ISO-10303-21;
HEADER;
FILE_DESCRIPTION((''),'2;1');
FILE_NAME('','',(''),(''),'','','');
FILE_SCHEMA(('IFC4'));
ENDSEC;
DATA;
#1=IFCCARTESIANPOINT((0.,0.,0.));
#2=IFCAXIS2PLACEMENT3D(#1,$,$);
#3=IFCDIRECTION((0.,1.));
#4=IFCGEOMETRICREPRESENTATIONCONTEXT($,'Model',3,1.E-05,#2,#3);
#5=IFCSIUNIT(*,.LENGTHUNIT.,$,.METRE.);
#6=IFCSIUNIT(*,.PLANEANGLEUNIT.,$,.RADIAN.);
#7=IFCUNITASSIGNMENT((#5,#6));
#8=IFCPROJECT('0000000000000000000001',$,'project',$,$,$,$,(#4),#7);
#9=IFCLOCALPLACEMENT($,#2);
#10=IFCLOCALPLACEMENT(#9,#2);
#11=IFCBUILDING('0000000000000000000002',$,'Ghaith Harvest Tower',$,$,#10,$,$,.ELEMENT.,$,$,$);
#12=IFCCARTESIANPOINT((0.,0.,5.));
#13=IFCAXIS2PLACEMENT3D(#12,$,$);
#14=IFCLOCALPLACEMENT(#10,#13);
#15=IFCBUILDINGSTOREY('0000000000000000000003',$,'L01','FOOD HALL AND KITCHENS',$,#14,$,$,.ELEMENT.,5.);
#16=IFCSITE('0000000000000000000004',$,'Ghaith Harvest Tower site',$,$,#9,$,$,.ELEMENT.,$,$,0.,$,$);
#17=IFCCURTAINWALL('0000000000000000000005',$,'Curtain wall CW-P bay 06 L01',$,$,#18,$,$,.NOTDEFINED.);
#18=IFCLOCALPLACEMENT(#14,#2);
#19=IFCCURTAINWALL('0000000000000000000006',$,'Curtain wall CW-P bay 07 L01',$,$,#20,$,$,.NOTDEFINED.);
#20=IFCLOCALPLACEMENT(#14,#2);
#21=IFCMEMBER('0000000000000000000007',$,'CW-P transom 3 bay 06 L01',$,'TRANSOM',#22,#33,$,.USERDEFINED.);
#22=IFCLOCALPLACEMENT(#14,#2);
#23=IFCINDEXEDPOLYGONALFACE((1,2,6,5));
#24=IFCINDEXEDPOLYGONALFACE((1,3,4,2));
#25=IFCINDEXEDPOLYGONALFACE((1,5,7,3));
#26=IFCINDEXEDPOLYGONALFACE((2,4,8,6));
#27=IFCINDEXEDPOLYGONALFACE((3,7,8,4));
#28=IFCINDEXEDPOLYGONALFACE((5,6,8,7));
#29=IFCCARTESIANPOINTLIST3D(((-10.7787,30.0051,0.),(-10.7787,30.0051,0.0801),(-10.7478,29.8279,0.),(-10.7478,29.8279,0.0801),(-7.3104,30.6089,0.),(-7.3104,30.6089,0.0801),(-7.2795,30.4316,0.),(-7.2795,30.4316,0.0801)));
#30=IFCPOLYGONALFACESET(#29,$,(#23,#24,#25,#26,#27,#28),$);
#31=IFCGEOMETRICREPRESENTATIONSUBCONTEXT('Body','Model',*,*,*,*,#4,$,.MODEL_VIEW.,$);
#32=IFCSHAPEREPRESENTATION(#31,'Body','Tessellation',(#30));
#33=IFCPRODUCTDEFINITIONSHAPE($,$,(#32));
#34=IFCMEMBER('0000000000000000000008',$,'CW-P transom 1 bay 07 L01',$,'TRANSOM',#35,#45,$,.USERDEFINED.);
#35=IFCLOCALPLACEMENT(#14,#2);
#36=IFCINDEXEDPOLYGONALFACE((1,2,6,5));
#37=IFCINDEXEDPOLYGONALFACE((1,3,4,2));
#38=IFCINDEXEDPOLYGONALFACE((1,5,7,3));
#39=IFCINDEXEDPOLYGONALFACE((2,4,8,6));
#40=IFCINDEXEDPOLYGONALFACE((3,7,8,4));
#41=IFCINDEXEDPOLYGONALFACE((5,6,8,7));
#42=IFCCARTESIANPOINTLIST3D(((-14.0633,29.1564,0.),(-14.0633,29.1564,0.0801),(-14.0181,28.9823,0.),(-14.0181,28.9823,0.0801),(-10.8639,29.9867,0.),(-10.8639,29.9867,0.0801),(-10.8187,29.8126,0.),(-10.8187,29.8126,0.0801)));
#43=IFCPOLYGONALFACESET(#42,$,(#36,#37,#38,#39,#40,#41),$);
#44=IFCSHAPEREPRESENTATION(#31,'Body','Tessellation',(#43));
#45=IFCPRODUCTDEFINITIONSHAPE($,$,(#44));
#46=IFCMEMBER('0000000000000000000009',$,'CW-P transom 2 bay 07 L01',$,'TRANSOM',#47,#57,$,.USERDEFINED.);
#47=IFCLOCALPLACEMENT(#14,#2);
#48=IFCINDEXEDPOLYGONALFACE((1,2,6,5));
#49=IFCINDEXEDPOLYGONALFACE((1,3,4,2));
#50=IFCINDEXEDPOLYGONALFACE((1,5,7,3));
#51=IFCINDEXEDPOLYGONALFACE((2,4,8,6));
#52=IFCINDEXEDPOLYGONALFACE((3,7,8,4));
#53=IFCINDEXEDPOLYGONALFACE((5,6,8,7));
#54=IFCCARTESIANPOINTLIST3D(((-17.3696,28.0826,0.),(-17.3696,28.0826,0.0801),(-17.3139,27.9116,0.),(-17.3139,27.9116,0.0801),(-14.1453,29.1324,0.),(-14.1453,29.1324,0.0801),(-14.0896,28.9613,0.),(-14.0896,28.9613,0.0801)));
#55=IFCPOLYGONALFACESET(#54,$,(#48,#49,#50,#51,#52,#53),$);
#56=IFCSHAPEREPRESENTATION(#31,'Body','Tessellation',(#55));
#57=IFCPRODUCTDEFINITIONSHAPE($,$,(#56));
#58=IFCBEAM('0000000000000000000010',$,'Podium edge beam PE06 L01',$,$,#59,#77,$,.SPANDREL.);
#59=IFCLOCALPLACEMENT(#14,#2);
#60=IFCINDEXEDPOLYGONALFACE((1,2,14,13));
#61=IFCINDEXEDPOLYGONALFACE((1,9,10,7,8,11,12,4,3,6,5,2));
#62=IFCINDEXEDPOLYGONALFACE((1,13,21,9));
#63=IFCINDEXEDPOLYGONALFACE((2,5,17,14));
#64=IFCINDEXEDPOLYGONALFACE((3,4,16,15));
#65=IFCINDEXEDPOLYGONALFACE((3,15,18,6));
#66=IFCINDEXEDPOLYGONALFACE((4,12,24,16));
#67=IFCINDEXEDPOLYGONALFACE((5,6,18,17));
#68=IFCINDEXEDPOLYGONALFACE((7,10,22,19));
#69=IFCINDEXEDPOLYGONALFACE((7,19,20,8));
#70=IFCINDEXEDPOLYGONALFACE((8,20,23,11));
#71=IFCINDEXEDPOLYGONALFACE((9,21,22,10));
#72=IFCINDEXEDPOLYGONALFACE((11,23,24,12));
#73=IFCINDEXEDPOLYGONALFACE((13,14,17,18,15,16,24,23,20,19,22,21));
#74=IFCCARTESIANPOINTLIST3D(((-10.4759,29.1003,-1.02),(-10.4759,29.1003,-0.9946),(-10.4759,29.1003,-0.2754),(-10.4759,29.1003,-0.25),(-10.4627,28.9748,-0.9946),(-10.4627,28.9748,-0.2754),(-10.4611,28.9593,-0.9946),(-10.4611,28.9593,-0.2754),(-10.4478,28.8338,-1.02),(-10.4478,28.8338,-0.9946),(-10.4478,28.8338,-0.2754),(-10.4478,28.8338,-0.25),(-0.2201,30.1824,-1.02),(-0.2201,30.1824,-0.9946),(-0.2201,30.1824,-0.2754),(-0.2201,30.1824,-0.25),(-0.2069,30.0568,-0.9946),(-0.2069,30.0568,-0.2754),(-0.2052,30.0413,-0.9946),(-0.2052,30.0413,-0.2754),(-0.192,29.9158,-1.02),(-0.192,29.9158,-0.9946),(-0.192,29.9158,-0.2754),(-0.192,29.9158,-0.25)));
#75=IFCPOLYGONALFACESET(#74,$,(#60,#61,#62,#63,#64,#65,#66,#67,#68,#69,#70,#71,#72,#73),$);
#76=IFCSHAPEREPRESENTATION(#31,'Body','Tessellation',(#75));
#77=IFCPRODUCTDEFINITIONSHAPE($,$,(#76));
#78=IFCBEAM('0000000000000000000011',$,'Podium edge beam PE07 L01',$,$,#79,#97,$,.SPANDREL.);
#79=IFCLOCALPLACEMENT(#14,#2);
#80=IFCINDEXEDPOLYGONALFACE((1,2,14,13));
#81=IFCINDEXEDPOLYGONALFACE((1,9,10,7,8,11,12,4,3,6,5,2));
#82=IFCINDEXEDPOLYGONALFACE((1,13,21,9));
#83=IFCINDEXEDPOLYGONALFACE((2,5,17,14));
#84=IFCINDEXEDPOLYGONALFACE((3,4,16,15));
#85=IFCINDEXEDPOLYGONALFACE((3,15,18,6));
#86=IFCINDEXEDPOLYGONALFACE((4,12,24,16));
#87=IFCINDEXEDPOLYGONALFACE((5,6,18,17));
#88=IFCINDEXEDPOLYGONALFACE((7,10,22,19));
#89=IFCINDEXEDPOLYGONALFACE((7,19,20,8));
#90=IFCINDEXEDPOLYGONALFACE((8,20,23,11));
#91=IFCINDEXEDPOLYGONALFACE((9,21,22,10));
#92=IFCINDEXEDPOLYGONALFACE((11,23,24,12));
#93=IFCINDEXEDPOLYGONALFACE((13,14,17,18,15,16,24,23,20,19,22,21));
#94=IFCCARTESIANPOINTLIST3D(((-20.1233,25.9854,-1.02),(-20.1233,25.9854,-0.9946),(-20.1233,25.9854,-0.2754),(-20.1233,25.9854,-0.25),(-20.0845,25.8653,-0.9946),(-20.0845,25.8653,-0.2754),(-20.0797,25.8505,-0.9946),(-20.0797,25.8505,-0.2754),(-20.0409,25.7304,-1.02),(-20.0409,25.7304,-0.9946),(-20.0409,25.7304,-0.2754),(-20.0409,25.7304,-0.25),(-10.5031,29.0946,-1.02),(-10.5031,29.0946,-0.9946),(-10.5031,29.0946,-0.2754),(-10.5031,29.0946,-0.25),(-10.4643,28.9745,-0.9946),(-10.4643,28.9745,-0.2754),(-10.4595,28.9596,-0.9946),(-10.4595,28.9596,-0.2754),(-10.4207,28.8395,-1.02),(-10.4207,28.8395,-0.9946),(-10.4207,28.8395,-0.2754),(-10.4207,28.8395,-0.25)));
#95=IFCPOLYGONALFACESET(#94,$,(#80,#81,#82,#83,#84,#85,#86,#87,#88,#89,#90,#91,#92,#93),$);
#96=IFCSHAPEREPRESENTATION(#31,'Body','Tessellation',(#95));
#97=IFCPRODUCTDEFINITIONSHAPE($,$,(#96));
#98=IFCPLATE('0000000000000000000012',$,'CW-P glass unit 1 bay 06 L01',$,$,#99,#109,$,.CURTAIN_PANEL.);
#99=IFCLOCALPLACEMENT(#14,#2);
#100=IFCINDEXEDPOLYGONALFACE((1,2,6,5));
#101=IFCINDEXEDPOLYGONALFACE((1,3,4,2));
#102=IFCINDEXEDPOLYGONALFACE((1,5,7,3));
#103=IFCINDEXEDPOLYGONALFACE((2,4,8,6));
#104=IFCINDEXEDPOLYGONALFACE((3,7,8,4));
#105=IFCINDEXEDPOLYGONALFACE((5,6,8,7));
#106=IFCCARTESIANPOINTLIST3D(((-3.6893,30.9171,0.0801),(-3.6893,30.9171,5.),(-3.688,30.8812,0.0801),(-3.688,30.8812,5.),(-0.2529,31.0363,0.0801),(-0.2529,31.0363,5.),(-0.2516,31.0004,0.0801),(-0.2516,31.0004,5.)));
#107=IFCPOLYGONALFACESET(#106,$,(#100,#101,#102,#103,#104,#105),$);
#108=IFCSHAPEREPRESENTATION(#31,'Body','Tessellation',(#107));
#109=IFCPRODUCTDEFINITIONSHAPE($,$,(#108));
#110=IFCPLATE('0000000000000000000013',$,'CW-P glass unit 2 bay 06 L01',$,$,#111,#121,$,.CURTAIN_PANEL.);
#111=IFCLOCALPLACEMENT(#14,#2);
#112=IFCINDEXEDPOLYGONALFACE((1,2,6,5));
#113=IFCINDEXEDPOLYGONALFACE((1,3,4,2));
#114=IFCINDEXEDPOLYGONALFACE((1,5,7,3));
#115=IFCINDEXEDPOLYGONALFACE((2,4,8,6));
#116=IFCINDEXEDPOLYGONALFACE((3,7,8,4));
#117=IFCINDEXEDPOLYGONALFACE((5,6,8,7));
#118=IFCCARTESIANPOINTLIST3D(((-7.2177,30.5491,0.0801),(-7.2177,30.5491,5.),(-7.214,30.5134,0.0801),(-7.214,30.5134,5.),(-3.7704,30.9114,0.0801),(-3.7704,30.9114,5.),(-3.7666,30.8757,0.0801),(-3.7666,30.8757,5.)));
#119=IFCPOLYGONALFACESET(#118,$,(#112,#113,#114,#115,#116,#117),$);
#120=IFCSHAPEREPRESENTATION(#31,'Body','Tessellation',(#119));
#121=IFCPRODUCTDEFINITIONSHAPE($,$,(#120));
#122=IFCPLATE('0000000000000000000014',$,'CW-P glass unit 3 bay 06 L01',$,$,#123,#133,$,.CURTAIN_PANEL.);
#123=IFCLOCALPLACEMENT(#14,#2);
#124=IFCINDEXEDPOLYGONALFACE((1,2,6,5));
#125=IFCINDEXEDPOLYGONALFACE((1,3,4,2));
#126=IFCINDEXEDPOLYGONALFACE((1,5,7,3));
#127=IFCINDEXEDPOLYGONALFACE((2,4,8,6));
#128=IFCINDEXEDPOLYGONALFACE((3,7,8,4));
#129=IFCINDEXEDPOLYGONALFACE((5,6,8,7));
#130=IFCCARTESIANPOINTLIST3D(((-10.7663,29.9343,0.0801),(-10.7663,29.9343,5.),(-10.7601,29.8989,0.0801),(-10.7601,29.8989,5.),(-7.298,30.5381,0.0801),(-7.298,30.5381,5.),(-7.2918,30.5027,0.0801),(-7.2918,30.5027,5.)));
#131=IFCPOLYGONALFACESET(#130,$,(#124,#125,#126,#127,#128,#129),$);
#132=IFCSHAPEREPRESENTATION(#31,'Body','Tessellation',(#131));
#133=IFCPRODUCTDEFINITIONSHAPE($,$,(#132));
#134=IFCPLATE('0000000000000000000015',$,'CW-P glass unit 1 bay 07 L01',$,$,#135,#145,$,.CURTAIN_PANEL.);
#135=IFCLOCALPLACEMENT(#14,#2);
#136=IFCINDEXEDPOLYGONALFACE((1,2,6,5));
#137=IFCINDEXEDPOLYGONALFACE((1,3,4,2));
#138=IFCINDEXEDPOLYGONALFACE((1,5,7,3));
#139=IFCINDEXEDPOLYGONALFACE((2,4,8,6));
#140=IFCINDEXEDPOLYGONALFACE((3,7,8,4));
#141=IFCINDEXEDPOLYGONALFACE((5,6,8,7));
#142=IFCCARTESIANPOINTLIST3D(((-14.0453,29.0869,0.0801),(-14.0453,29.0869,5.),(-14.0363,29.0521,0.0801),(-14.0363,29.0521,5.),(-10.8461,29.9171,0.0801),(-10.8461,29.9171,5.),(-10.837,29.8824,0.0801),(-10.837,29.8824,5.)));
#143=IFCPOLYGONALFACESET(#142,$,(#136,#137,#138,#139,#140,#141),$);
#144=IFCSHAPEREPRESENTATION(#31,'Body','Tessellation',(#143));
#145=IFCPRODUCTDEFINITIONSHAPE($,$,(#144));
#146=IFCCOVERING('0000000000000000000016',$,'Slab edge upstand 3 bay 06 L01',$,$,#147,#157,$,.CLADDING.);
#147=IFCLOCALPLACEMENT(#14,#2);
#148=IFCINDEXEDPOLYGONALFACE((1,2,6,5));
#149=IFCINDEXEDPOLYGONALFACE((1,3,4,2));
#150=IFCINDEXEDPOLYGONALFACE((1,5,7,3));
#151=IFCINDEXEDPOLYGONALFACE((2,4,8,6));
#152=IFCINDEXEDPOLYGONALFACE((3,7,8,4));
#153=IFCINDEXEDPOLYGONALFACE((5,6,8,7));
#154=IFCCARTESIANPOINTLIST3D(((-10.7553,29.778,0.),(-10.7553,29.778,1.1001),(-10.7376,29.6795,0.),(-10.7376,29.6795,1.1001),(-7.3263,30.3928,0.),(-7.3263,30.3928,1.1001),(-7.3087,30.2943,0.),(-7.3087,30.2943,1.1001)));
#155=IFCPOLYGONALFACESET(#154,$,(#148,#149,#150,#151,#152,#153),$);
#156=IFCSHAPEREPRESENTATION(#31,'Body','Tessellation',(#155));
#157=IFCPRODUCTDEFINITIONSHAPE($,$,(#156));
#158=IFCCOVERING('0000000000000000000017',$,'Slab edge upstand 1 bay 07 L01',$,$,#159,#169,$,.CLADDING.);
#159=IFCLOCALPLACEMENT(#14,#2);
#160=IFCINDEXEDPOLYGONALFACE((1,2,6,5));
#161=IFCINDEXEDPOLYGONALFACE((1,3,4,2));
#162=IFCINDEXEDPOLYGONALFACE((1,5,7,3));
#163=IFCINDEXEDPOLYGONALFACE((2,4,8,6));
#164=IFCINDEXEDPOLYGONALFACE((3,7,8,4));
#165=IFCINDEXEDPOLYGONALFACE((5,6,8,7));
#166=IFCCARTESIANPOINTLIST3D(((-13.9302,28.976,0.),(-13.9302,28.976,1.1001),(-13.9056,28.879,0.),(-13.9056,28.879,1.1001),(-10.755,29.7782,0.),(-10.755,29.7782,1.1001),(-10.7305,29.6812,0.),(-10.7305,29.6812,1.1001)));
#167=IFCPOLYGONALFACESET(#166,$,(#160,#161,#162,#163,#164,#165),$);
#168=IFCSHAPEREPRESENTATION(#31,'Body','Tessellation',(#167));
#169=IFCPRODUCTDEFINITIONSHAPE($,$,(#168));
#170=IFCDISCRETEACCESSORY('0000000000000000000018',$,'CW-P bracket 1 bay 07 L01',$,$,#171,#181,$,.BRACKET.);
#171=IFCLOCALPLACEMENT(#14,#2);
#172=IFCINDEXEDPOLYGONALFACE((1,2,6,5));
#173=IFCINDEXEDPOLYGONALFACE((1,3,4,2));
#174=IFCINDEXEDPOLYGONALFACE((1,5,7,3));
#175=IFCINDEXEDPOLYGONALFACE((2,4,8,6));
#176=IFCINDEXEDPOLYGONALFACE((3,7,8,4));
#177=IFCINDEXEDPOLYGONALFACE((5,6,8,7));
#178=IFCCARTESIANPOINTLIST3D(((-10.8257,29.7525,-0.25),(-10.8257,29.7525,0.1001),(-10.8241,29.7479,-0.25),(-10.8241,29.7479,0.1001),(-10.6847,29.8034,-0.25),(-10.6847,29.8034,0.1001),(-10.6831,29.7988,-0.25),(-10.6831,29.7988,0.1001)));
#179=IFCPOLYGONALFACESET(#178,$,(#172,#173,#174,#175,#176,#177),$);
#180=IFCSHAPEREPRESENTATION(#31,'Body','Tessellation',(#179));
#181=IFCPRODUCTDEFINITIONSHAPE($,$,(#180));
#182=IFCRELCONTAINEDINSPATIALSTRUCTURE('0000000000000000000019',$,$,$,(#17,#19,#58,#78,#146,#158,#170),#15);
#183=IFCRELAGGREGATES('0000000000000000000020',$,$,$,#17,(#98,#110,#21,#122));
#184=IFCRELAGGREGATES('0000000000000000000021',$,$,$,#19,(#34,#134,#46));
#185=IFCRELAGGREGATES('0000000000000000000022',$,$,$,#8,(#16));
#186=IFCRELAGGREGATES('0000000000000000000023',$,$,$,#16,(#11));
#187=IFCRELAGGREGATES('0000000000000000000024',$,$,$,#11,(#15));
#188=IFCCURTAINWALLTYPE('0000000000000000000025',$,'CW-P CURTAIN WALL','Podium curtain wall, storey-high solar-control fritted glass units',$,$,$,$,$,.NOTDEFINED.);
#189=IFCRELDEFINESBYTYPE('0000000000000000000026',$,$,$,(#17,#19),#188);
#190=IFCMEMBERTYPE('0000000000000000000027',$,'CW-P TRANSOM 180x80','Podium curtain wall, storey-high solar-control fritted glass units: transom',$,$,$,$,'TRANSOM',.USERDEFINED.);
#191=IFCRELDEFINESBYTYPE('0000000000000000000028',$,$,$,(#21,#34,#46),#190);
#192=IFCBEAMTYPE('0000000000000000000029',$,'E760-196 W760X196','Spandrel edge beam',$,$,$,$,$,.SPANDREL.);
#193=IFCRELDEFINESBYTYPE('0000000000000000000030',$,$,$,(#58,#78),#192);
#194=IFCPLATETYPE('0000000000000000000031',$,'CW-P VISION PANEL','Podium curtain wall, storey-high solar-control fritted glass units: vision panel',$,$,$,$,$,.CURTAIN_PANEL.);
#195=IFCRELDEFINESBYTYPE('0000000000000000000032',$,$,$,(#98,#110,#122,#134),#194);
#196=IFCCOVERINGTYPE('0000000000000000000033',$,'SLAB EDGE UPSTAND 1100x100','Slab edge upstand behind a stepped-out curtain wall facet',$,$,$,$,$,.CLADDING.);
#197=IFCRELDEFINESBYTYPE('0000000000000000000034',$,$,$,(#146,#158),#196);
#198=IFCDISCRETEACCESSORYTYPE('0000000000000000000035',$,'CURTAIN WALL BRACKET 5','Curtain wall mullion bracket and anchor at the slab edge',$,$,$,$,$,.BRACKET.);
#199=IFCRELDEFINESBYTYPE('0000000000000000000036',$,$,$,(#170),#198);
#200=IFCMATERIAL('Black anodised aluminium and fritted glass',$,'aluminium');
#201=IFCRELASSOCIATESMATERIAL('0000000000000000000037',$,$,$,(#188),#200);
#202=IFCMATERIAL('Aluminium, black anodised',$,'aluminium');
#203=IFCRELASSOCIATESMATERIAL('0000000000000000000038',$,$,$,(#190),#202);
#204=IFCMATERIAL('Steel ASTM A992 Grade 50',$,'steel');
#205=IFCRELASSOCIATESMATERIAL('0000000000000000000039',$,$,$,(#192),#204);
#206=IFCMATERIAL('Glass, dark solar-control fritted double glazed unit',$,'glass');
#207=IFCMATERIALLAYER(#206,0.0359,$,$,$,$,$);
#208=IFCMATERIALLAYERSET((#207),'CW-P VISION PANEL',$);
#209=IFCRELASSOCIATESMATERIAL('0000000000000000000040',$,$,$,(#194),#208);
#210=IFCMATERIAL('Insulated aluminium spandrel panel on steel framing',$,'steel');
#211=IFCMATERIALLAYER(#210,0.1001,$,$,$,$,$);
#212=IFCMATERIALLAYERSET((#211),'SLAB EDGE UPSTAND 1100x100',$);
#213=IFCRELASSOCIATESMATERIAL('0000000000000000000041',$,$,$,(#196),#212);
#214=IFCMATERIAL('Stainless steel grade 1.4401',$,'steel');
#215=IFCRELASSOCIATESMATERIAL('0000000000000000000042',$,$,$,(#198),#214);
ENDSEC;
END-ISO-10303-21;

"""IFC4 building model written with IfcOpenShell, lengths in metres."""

from ifc_helpers import new_model, si_unit, direction, frame, origin, origin_2d, place, context, subcontext, project, spatial, rectangle, i_section, extrude, material, layer, layer_set, material_profile, profile_set, type_object, element, aggregate, save


model = new_model("IFC4")

# Units and contexts
model_context = context("Model", 3, precision=1e-05, world=origin(), true_north=direction((0.0, 1.0)))
body_context = subcontext(model_context, "Body", "Model", "MODEL_VIEW")
ifc_project = project(units=[si_unit("LENGTHUNIT", "METRE"), si_unit("PLANEANGLEUNIT", "RADIAN")], contexts=[model_context])

# Site, building, storey
site_placement = place(None, origin())
site = spatial("IfcSite", under=ifc_project, at=site_placement, Name="Ghaith Harvest Tower site", CompositionType="ELEMENT", RefElevation=0.0)
building_placement = place(site_placement, origin())
building = spatial("IfcBuilding", under=site, at=building_placement, Name="Ghaith Harvest Tower", CompositionType="ELEMENT")
storey_placement = place(building_placement, frame((0.0, 0.0, 5.0)))
storey = spatial("IfcBuildingStorey", under=building, at=storey_placement, Name="L01", Description="FOOD HALL AND KITCHENS", CompositionType="ELEMENT", Elevation=5.0)

# Curtain walls
ifc_material_1 = material(Name="Black anodised aluminium and fritted glass", Category="aluminium")
curtain_wall_type = type_object("IfcCurtainWallType", Name="CW-P CURTAIN WALL", Description="Podium curtain wall, storey-high solar-control fritted glass units", PredefinedType="NOTDEFINED", material=ifc_material_1)
curtain_wall_1_placement = place(storey_placement, origin())
curtain_wall_1 = element("IfcCurtainWall", 1, at=curtain_wall_1_placement, inside=storey, type_object=curtain_wall_type, Name="Curtain wall CW-P bay 06 L01", PredefinedType="NOTDEFINED")
curtain_wall_2_placement = place(storey_placement, origin())
curtain_wall_2 = element("IfcCurtainWall", 2, at=curtain_wall_2_placement, inside=storey, type_object=curtain_wall_type, Name="Curtain wall CW-P bay 07 L01", PredefinedType="NOTDEFINED")

# Members
ifc_material_2 = material(Name="Aluminium, black anodised", Category="aluminium")
ifc_material_profile_1 = material_profile(ifc_material_2, rectangle(XDim=0.1799, YDim=0.0801, at=origin_2d()), Name="CW-P TRANSOM 180x80")
ifc_profile_set_1 = profile_set([ifc_material_profile_1], Name="Aluminium, black anodised")
member_type_1 = type_object("IfcMemberType", Name="CW-P TRANSOM 180x80", Description="Podium curtain wall, storey-high solar-control fritted glass units: transom", ElementType="TRANSOM", PredefinedType="USERDEFINED", material=ifc_profile_set_1)
member_1_placement = place(storey_placement, frame((-7.2949, 30.5203, 0.04), z_axis=(-0.985184, -0.171502, 0.0), x_axis=(0.171502, -0.985184, 0.0)))
member_1 = element("IfcMember", 3, at=member_1_placement, type_object=member_type_1, Name="CW-P transom 3 bay 06 L01", ObjectType="TRANSOM", PredefinedType="USERDEFINED", context=body_context, shape_type="SweptSolid", body=[
    extrude(rectangle(XDim=0.1799, YDim=0.0801, at=origin_2d()), origin(), (0.0, 0.0, 1.0), 3.5205),
])
member_2_placement = place(storey_placement, frame((-10.8413, 29.8997, 0.04), z_axis=(-0.967936, -0.251198, 0.0), x_axis=(0.251198, -0.967936, 0.0)))
member_2 = element("IfcMember", 4, at=member_2_placement, type_object=member_type_1, Name="CW-P transom 1 bay 07 L01", ObjectType="TRANSOM", PredefinedType="USERDEFINED", context=body_context, shape_type="SweptSolid", body=[
    extrude(rectangle(XDim=0.1799, YDim=0.0801, at=origin_2d()), origin(), (0.0, 0.0, 1.0), 3.3054),
])
member_3_placement = place(storey_placement, frame((-14.1174, 29.0469, 0.04), z_axis=(-0.95087, -0.309589, 0.0), x_axis=(0.309589, -0.95087, 0.0)))
member_3 = element("IfcMember", 5, at=member_3_placement, type_object=member_type_1, Name="CW-P transom 2 bay 07 L01", ObjectType="TRANSOM", PredefinedType="USERDEFINED", context=body_context, shape_type="SweptSolid", body=[
    extrude(rectangle(XDim=0.1799, YDim=0.0801, at=origin_2d()), origin(), (0.0, 0.0, 1.0), 3.3909),
])

# Beams
ifc_material_3 = material(Name="Steel ASTM A992 Grade 50", Category="steel")
ifc_material_profile_2 = material_profile(ifc_material_3, i_section(OverallWidth=0.2681, OverallDepth=0.77, WebThickness=0.0156, FlangeThickness=0.0254, at=origin_2d()), Name="W760X196")
ifc_profile_set_2 = profile_set([ifc_material_profile_2], Name="Steel ASTM A992 Grade 50")
beam_type = type_object("IfcBeamType", Name="E760-196 W760X196", Description="Spandrel edge beam", PredefinedType="SPANDREL", material=ifc_profile_set_2)
beam_1_placement = place(storey_placement, frame((-0.2061, 30.0491, -0.635), z_axis=(-0.994481, -0.104921, 0.0), x_axis=(0.104921, -0.994481, 0.0)))
element("IfcBeam", 6, at=beam_1_placement, inside=storey, type_object=beam_type, Name="Podium edge beam PE06 L01", PredefinedType="SPANDREL", context=body_context, shape_type="SweptSolid", body=[
    extrude(i_section(OverallWidth=0.2681, OverallDepth=0.77, WebThickness=0.0156, FlangeThickness=0.0254, at=origin_2d()), origin(), (0.0, 0.0, 1.0), 10.3127),
])
beam_2_placement = place(storey_placement, frame((-10.4619, 28.967, -0.635), z_axis=(-0.951539, -0.307528, 0.0), x_axis=(0.307528, -0.951539, 0.0)))
element("IfcBeam", 7, at=beam_2_placement, inside=storey, type_object=beam_type, Name="Podium edge beam PE07 L01", PredefinedType="SPANDREL", context=body_context, shape_type="SweptSolid", body=[
    extrude(i_section(OverallWidth=0.2681, OverallDepth=0.77, WebThickness=0.0156, FlangeThickness=0.0254, at=origin_2d()), origin(), (0.0, 0.0, 1.0), 10.1101),
])

# Plates
ifc_material_4 = material(Name="Glass, dark solar-control fritted double glazed unit", Category="glass")
ifc_layer_1 = layer(ifc_material_4, 0.0359)
ifc_layer_set_1 = layer_set([ifc_layer_1], Name="CW-P VISION PANEL")
plate_type = type_object("IfcPlateType", Name="CW-P VISION PANEL", Description="Podium curtain wall, storey-high solar-control fritted glass units: vision panel", PredefinedType="CURTAIN_PANEL", material=ifc_layer_set_1)
plate_1_placement = place(storey_placement, frame((-1.9705, 30.9587, 0.0801), z_axis=(0.0, 0.0, 1.0), x_axis=(-0.999399, -0.034654, 0.0)))
plate_1 = element("IfcPlate", 8, at=plate_1_placement, type_object=plate_type, Name="CW-P glass unit 1 bay 06 L01", PredefinedType="CURTAIN_PANEL", context=body_context, shape_type="SweptSolid", body=[
    extrude(rectangle(XDim=3.4385, YDim=0.0359, at=origin_2d()), origin(), (0.0, 0.0, 1.0), 4.9199),
])
plate_2_placement = place(storey_placement, frame((-5.4922, 30.7124, 0.0801), z_axis=(0.0, 0.0, 1.0), x_axis=(-0.994525, -0.1045, 0.0)))
plate_2 = element("IfcPlate", 9, at=plate_2_placement, type_object=plate_type, Name="CW-P glass unit 2 bay 06 L01", PredefinedType="CURTAIN_PANEL", context=body_context, shape_type="SweptSolid", body=[
    extrude(rectangle(XDim=3.4663, YDim=0.0359, at=origin_2d()), origin(), (0.0, 0.0, 1.0), 4.9199),
])
plate_3_placement = place(storey_placement, frame((-9.0291, 30.2185, 0.0801), z_axis=(0.0, 0.0, 1.0), x_axis=(-0.985183, -0.171504, 0.0)))
plate_3 = element("IfcPlate", 10, at=plate_3_placement, type_object=plate_type, Name="CW-P glass unit 3 bay 06 L01", PredefinedType="CURTAIN_PANEL", context=body_context, shape_type="SweptSolid", body=[
    extrude(rectangle(XDim=3.5205, YDim=0.0359, at=origin_2d()), origin(), (0.0, 0.0, 1.0), 4.9199),
])
aggregate(curtain_wall_1, [plate_1, plate_2, member_1, plate_3])
plate_4_placement = place(storey_placement, frame((-12.4412, 29.4846, 0.0801), z_axis=(0.0, 0.0, 1.0), x_axis=(-0.96794, -0.251183, 0.0)))
plate_4 = element("IfcPlate", 11, at=plate_4_placement, type_object=plate_type, Name="CW-P glass unit 1 bay 07 L01", PredefinedType="CURTAIN_PANEL", context=body_context, shape_type="SweptSolid", body=[
    extrude(rectangle(XDim=3.3052, YDim=0.0359, at=origin_2d()), origin(), (0.0, 0.0, 1.0), 4.9199),
])
aggregate(curtain_wall_2, [member_2, plate_4, member_3])

# Coverings
ifc_material_5 = material(Name="Insulated aluminium spandrel panel on steel framing", Category="steel")
ifc_layer_2 = layer(ifc_material_5, 0.1001)
ifc_layer_set_2 = layer_set([ifc_layer_2], Name="SLAB EDGE UPSTAND 1100x100")
covering_type = type_object("IfcCoveringType", Name="SLAB EDGE UPSTAND 1100x100", Description="Slab edge upstand behind a stepped-out curtain wall facet", PredefinedType="CLADDING", material=ifc_layer_set_2)
covering_1_placement = place(storey_placement, frame((-9.032, 30.0361, 0.0), z_axis=(0.0, 0.0, 1.0), x_axis=(-0.984304, -0.176479, 0.0)))
element("IfcCovering", 12, at=covering_1_placement, inside=storey, type_object=covering_type, Name="Slab edge upstand 3 bay 06 L01", PredefinedType="CLADDING", context=body_context, shape_type="SweptSolid", body=[
    extrude(rectangle(XDim=3.4836, YDim=0.1001, at=origin_2d()), origin(), (0.0, 0.0, 1.0), 1.1001),
])
covering_2_placement = place(storey_placement, frame((-12.3303, 29.3286, 0.0), z_axis=(0.0, 0.0, 1.0), x_axis=(-0.969537, -0.244947, 0.0)))
element("IfcCovering", 13, at=covering_2_placement, inside=storey, type_object=covering_type, Name="Slab edge upstand 1 bay 07 L01", PredefinedType="CLADDING", context=body_context, shape_type="SweptSolid", body=[
    extrude(rectangle(XDim=3.2749, YDim=0.1001, at=origin_2d()), origin(), (0.0, 0.0, 1.0), 1.1001),
])

# Discrete accessory
ifc_material_6 = material(Name="Stainless steel grade 1.4401", Category="steel")
discrete_accessory_type = type_object("IfcDiscreteAccessoryType", Name="CURTAIN WALL BRACKET 5", Description="Curtain wall mullion bracket and anchor at the slab edge", PredefinedType="BRACKET", material=ifc_material_6)
discrete_accessory_placement = place(storey_placement, frame((-10.7544, 29.7756, -0.25), z_axis=(0.0, 0.0, 1.0), x_axis=(-0.339699, 0.940534, 0.0)))
element("IfcDiscreteAccessory", 14, at=discrete_accessory_placement, inside=storey, type_object=discrete_accessory_type, Name="CW-P bracket 1 bay 07 L01", PredefinedType="BRACKET", context=body_context, shape_type="SweptSolid", body=[
    extrude(rectangle(XDim=0.0049, YDim=0.1499, at=origin_2d()), origin(), (0.0, 0.0, 1.0), 0.3501),
])

save(model, "model.ifc")
